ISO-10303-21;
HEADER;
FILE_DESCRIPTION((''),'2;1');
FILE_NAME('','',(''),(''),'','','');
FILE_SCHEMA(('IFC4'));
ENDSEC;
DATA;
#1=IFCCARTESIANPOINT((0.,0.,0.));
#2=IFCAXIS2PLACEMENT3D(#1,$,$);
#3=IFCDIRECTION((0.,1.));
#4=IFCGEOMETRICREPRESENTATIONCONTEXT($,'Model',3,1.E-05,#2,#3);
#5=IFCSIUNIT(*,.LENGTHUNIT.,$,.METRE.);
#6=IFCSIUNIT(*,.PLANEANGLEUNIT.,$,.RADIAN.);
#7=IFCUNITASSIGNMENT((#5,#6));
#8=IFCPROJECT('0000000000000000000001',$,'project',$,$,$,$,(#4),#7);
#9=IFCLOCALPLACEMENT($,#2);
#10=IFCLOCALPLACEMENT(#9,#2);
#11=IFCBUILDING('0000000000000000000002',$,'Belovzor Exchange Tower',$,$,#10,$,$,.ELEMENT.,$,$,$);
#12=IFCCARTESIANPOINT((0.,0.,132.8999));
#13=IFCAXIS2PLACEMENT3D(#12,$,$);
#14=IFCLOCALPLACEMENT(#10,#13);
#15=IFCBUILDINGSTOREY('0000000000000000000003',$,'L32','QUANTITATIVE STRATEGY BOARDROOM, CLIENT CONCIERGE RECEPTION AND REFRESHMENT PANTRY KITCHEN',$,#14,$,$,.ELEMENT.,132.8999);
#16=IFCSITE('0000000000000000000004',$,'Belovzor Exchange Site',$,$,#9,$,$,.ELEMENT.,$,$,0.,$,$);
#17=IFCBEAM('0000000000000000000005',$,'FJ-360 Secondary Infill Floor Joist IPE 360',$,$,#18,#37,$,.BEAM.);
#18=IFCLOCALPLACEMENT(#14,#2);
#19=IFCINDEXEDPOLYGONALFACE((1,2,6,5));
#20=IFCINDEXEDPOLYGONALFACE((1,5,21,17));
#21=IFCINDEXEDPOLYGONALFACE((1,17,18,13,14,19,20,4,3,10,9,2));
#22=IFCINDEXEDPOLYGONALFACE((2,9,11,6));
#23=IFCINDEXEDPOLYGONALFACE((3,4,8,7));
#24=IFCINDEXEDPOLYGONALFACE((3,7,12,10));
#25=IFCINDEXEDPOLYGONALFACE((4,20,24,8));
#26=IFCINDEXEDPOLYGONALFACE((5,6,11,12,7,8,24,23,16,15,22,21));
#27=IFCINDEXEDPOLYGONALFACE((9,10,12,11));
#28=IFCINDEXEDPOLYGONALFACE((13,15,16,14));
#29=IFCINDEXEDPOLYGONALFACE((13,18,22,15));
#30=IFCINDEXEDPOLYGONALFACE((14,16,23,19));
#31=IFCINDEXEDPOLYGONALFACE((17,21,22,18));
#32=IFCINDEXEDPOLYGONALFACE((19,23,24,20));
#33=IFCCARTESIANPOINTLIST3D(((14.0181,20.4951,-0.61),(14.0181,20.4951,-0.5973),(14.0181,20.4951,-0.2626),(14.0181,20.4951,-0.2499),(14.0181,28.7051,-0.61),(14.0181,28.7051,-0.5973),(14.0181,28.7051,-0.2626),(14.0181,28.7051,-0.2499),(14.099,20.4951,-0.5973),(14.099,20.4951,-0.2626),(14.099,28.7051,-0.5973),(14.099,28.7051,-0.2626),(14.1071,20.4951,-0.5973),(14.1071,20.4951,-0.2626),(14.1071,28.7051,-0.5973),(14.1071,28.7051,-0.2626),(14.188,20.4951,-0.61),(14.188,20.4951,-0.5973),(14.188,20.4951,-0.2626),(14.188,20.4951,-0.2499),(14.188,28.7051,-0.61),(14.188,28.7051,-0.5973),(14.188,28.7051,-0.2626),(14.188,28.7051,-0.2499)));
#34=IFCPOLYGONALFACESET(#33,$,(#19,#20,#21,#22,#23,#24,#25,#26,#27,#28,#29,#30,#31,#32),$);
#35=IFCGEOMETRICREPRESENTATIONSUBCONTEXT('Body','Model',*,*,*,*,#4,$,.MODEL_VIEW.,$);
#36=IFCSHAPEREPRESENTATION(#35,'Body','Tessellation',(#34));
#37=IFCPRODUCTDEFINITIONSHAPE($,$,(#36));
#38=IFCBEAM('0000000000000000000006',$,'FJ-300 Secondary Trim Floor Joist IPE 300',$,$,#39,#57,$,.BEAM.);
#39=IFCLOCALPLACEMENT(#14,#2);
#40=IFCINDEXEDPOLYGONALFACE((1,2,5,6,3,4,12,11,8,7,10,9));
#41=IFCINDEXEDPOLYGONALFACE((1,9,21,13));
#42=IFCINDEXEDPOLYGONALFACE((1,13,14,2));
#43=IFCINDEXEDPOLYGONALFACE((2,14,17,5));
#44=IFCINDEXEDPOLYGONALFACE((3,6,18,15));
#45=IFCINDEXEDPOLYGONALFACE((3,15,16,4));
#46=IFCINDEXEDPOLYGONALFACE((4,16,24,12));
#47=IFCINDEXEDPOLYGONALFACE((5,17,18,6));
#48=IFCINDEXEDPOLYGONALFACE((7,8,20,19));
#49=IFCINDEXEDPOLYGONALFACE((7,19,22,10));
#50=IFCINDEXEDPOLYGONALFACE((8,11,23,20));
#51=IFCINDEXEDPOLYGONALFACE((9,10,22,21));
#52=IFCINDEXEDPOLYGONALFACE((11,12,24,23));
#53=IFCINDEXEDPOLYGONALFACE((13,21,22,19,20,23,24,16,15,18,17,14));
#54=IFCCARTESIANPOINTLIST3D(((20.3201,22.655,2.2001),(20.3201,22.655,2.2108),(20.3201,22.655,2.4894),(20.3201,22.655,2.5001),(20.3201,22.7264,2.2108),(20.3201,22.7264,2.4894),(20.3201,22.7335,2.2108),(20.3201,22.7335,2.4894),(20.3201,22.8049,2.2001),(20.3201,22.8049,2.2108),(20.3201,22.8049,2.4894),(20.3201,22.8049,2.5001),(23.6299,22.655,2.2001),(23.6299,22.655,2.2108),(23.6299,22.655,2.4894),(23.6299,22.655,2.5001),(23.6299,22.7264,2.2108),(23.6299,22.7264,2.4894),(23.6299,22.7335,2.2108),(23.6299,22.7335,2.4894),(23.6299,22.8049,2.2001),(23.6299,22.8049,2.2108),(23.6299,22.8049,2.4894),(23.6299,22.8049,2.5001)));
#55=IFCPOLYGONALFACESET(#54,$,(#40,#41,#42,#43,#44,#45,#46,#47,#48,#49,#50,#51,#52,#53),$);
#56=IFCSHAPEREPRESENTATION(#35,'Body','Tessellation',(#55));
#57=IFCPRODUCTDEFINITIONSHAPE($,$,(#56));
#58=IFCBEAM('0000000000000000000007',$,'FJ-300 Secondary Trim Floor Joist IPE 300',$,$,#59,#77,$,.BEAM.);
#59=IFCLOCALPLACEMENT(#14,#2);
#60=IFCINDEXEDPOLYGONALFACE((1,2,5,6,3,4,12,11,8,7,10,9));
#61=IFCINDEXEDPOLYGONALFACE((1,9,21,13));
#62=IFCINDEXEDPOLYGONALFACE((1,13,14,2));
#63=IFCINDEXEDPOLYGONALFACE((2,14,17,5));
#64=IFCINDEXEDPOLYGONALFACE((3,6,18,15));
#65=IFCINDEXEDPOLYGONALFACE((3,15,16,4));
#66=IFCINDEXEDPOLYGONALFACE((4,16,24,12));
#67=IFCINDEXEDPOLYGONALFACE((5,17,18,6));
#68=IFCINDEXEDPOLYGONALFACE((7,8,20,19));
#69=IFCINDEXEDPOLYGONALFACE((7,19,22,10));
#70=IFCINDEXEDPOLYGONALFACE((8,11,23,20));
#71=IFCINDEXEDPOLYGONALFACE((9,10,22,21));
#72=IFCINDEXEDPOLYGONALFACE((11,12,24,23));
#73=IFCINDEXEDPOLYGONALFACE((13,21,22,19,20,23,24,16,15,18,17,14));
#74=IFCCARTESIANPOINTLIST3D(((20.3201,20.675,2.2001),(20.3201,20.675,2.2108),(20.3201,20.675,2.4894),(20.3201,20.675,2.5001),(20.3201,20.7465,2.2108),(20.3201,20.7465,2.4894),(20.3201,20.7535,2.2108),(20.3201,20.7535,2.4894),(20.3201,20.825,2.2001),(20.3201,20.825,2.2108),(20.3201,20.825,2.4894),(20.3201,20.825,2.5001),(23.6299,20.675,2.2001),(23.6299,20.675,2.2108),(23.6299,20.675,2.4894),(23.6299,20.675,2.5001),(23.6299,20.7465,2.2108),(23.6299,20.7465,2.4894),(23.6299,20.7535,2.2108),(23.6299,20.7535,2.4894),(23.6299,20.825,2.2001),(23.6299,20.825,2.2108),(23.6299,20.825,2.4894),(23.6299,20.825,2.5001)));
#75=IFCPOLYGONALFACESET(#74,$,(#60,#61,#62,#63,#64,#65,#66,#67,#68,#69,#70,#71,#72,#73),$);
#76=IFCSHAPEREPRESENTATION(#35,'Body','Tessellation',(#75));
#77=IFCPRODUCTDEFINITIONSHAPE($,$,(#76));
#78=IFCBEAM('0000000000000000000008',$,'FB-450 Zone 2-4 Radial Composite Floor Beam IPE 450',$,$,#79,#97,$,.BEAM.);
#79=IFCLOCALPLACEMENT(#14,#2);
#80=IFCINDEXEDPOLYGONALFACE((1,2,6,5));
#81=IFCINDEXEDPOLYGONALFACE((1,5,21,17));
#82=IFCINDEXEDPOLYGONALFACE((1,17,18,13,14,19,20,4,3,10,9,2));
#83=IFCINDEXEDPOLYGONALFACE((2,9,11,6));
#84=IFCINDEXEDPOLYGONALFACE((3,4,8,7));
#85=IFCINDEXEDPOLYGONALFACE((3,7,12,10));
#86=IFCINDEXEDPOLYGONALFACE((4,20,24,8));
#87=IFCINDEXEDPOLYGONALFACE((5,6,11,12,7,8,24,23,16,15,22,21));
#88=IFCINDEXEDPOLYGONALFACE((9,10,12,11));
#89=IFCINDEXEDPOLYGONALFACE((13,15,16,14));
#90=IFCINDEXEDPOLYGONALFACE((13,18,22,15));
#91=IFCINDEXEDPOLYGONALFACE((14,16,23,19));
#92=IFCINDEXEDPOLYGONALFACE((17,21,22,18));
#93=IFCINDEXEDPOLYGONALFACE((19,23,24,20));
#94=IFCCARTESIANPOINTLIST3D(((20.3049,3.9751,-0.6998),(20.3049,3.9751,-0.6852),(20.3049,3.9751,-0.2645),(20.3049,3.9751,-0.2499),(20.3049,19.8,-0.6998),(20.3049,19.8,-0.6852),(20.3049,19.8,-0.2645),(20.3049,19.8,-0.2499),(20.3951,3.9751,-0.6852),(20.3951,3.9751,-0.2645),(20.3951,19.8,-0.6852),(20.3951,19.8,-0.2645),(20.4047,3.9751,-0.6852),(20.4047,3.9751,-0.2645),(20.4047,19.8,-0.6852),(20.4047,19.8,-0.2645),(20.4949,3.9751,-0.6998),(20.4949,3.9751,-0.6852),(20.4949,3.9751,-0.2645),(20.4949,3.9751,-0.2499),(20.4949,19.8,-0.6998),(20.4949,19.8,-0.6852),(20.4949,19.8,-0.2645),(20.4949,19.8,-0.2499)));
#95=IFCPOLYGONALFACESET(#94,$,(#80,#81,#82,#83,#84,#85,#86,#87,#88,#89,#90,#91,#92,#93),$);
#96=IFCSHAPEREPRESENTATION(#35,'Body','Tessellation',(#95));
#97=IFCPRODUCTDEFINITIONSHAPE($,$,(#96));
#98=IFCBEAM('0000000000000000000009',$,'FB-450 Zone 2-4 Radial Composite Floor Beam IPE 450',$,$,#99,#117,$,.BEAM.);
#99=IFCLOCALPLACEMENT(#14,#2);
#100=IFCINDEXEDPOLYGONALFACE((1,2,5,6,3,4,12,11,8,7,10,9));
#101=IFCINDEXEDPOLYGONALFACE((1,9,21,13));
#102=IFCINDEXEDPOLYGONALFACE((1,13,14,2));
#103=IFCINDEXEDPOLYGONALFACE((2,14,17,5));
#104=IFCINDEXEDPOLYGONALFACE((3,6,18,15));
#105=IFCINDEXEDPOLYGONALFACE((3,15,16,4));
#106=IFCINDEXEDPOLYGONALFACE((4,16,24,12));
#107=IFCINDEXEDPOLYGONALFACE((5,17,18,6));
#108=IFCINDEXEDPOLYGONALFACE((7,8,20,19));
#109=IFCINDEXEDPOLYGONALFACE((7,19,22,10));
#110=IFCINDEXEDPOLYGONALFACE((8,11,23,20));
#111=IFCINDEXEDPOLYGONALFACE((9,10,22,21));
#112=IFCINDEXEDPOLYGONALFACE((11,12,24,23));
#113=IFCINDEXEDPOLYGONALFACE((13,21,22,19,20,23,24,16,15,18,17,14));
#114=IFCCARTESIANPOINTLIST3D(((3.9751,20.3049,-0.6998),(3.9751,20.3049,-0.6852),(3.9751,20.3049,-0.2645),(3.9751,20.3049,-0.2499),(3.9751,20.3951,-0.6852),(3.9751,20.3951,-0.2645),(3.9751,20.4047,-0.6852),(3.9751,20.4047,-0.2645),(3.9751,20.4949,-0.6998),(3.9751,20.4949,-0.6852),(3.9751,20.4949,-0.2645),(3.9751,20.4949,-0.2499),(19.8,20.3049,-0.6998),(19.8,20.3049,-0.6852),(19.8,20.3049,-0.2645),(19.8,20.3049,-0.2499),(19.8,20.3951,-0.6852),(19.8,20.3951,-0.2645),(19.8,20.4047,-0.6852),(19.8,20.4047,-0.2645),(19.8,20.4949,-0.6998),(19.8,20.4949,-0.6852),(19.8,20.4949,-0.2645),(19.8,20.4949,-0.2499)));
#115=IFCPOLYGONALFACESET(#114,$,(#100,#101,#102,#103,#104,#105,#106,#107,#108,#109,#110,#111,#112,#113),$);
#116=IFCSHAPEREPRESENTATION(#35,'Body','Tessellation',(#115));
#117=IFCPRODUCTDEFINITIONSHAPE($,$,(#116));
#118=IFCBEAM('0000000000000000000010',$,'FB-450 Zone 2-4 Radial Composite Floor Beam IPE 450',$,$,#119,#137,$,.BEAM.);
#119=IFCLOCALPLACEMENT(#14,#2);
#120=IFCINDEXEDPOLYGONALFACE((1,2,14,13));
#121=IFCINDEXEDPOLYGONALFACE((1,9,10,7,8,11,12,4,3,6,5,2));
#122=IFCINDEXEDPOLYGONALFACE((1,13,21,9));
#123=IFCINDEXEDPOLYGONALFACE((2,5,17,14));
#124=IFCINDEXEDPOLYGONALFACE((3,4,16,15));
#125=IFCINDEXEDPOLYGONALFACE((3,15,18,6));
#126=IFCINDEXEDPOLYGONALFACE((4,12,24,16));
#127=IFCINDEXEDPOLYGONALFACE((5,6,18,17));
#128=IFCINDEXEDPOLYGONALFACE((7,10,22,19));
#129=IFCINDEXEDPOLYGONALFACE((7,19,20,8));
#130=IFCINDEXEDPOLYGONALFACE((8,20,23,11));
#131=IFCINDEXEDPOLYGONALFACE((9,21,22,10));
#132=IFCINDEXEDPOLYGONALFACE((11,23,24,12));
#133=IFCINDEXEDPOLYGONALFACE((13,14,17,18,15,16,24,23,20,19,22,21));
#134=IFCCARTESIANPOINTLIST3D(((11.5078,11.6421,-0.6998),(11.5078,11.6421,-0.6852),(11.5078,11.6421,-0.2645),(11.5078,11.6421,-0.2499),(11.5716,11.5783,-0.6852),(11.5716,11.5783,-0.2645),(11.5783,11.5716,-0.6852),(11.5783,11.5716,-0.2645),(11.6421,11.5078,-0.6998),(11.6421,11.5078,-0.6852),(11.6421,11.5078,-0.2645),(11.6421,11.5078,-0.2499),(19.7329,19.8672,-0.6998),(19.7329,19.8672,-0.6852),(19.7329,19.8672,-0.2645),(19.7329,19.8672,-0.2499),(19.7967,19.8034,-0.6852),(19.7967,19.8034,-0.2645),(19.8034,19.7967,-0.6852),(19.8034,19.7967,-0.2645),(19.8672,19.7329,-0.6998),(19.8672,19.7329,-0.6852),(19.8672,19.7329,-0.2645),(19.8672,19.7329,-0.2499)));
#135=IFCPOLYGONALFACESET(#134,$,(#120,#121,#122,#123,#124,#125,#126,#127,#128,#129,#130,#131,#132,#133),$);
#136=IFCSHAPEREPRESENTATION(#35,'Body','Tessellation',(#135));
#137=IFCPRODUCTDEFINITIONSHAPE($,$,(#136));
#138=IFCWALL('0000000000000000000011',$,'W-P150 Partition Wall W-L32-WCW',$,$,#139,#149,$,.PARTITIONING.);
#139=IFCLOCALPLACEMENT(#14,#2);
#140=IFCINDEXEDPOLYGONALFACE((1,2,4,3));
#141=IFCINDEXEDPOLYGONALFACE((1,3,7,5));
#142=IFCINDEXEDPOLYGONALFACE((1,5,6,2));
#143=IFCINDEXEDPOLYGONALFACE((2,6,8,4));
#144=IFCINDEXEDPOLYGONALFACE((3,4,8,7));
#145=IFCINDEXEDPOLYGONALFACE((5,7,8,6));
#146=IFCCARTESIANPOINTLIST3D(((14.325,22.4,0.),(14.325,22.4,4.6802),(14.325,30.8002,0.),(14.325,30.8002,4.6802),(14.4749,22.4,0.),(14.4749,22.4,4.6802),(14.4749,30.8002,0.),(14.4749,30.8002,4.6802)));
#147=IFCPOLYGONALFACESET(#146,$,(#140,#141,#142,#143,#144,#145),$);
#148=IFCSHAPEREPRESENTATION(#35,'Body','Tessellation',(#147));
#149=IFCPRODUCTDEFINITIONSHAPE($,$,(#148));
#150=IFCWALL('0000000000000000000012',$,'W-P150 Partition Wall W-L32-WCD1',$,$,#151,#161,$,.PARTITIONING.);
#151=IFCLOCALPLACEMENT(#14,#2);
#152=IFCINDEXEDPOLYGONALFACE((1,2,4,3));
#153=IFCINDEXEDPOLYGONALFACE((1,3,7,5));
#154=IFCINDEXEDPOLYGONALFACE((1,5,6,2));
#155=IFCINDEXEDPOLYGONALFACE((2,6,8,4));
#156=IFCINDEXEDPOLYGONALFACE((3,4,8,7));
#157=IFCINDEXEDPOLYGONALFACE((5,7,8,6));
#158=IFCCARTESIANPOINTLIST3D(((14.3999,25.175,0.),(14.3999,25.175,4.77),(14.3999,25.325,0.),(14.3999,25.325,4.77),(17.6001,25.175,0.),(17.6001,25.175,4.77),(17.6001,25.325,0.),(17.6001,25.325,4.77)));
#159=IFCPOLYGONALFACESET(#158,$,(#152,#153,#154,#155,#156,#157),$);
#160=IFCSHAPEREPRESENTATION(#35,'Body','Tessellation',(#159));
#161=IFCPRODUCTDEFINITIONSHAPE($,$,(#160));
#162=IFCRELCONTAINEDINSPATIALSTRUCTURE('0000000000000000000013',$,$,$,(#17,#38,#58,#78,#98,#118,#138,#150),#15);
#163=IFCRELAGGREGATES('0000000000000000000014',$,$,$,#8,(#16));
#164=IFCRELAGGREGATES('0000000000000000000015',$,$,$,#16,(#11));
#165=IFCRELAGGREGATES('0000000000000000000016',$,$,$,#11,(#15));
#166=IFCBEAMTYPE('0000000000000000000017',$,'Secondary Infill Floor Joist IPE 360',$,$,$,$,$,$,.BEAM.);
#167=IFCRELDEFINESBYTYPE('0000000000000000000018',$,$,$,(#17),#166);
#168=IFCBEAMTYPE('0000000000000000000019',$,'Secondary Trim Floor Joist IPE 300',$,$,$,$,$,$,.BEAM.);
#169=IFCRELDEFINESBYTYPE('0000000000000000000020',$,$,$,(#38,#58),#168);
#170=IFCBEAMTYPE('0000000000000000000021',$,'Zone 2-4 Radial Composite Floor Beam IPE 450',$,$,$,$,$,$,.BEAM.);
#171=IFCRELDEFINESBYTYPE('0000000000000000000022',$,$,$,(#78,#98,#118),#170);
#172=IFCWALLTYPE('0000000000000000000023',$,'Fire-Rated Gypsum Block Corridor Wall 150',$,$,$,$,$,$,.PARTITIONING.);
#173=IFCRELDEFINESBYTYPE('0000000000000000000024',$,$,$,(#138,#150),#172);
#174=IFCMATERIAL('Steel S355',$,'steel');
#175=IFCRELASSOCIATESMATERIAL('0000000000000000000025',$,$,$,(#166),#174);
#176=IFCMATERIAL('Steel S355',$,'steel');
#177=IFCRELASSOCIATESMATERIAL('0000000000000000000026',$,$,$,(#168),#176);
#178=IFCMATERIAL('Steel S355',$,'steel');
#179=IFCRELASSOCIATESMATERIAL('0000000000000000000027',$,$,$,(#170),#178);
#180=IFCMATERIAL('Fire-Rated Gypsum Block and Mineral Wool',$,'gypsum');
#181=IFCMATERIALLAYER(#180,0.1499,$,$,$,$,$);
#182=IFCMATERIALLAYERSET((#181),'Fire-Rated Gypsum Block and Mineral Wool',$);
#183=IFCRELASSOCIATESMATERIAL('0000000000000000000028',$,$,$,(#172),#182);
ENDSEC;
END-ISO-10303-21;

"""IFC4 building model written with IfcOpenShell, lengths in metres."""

from ifc_helpers import new_model, si_unit, direction, frame, frame_2d, origin, origin_2d, place, context, subcontext, project, spatial, rectangle, i_section, extrude, material, layer, layer_set, material_profile, profile_set, type_object, element, save


model = new_model("IFC4")

# Units and contexts
model_context = context("Model", 3, precision=1e-05, world=origin(), true_north=direction((0.0, 1.0)))
body_context = subcontext(model_context, "Body", "Model", "MODEL_VIEW")
ifc_project = project(units=[si_unit("LENGTHUNIT", "METRE"), si_unit("PLANEANGLEUNIT", "RADIAN")], contexts=[model_context])

# Site, building, storey
site_placement = place(None, origin())
site = spatial("IfcSite", under=ifc_project, at=site_placement, Name="Belovzor Exchange Site", CompositionType="ELEMENT", RefElevation=0.0)
building_placement = place(site_placement, origin())
building = spatial("IfcBuilding", under=site, at=building_placement, Name="Belovzor Exchange Tower", CompositionType="ELEMENT")
storey_placement = place(building_placement, frame((0.0, 0.0, 132.8999)))
storey = spatial("IfcBuildingStorey", under=building, at=storey_placement, Name="L32", Description="QUANTITATIVE STRATEGY BOARDROOM, CLIENT CONCIERGE RECEPTION AND REFRESHMENT PANTRY KITCHEN", CompositionType="ELEMENT", Elevation=132.8999)

# Beams
ifc_material_1 = material(Name="Steel S355", Category="steel")
ifc_material_profile_1 = material_profile(ifc_material_1, i_section(OverallWidth=0.1699, OverallDepth=0.3601, WebThickness=0.0081, FlangeThickness=0.0127, at=origin_2d()))
ifc_profile_set_1 = profile_set([ifc_material_profile_1], Name="Steel S355")
beam_type_1 = type_object("IfcBeamType", Name="Secondary Infill Floor Joist IPE 360", PredefinedType="BEAM", material=ifc_profile_set_1)
beam_1_placement = place(storey_placement, frame((14.103, 20.4951, -0.4299), z_axis=(0.0, 1.0, 0.0), x_axis=(-1.0, 0.0, 0.0)))
element("IfcBeam", 1, at=beam_1_placement, inside=storey, type_object=beam_type_1, Name="FJ-360 Secondary Infill Floor Joist IPE 360", PredefinedType="BEAM", context=body_context, shape_type="SweptSolid", body=[
    extrude(i_section(OverallWidth=0.1699, OverallDepth=0.3601, WebThickness=0.0081, FlangeThickness=0.0127, at=origin_2d()), origin(), (0.0, 0.0, 1.0), 8.21),
])
ifc_material_2 = material(Name="Steel S355", Category="steel")
ifc_material_profile_2 = material_profile(ifc_material_2, i_section(OverallWidth=0.1499, OverallDepth=0.3, WebThickness=0.0071, FlangeThickness=0.0107, at=origin_2d()))
ifc_profile_set_2 = profile_set([ifc_material_profile_2], Name="Steel S355")
beam_type_2 = type_object("IfcBeamType", Name="Secondary Trim Floor Joist IPE 300", PredefinedType="BEAM", material=ifc_profile_set_2)
for number, where, z_axis, x_axis, name in (
    (2, (20.3201, 22.73, 2.3501), (1.0, 0.0, 0.0), (0.0, 1.0, 0.0), "FJ-300 Secondary Trim Floor Joist IPE 300"),
    (3, (20.3201, 20.75, 2.3501), (1.0, 0.0, 0.0), (0.0, 1.0, 0.0), "FJ-300 Secondary Trim Floor Joist IPE 300"),
):
    element("IfcBeam", number, at=place(storey_placement, frame(where, z_axis=z_axis, x_axis=x_axis)), inside=storey, type_object=beam_type_2, Name=name, PredefinedType="BEAM", context=body_context, shape_type="SweptSolid", body=[
        extrude(i_section(OverallWidth=0.1499, OverallDepth=0.3, WebThickness=0.0071, FlangeThickness=0.0107, at=origin_2d()), origin(), (0.0, 0.0, 1.0), 3.3098),
    ])
ifc_material_3 = material(Name="Steel S355", Category="steel")
ifc_material_profile_3 = material_profile(ifc_material_3, i_section(OverallWidth=0.1899, OverallDepth=0.45, WebThickness=0.0095, FlangeThickness=0.0146, at=origin_2d()))
ifc_profile_set_3 = profile_set([ifc_material_profile_3], Name="Steel S355")
beam_type_3 = type_object("IfcBeamType", Name="Zone 2-4 Radial Composite Floor Beam IPE 450", PredefinedType="BEAM", material=ifc_profile_set_3)
for number, where, z_axis, x_axis, name in (
    (4, (20.3999, 19.8, -0.4749), (0.0, -1.0, 0.0), (1.0, 0.0, 0.0), "FB-450 Zone 2-4 Radial Composite Floor Beam IPE 450"),
    (5, (19.8, 20.3999, -0.4749), (-1.0, 0.0, 0.0), (0.0, -1.0, 0.0), "FB-450 Zone 2-4 Radial Composite Floor Beam IPE 450"),
):
    element("IfcBeam", number, at=place(storey_placement, frame(where, z_axis=z_axis, x_axis=x_axis)), inside=storey, type_object=beam_type_3, Name=name, PredefinedType="BEAM", context=body_context, shape_type="SweptSolid", body=[
        extrude(i_section(OverallWidth=0.1899, OverallDepth=0.45, WebThickness=0.0095, FlangeThickness=0.0146, at=origin_2d()), origin(), (0.0, 0.0, 1.0), 15.825),
    ])
beam_2_placement = place(storey_placement, frame((19.8, 19.8, -0.4749), z_axis=(-0.707107, -0.707107, 0.0), x_axis=(0.707107, -0.707107, 0.0)))
element("IfcBeam", 6, at=beam_2_placement, inside=storey, type_object=beam_type_3, Name="FB-450 Zone 2-4 Radial Composite Floor Beam IPE 450", PredefinedType="BEAM", context=body_context, shape_type="SweptSolid", body=[
    extrude(i_section(OverallWidth=0.1899, OverallDepth=0.45, WebThickness=0.0095, FlangeThickness=0.0146, at=origin_2d()), origin(), (0.0, 0.0, 1.0), 11.6321),
])

# Walls
ifc_material_4 = material(Name="Fire-Rated Gypsum Block and Mineral Wool", Category="gypsum")
ifc_layer_1 = layer(ifc_material_4, 0.1499)
ifc_layer_set_1 = layer_set([ifc_layer_1], Name="Fire-Rated Gypsum Block and Mineral Wool")
wall_type_1 = type_object("IfcWallType", Name="Fire-Rated Gypsum Block Corridor Wall 150", PredefinedType="PARTITIONING", material=ifc_layer_set_1)
wall_1_placement = place(storey_placement, frame((14.3999, 22.3999, 0.0), z_axis=(0.0, 0.0, 1.0), x_axis=(0.0, 1.0, 0.0)))
element("IfcWall", 7, at=wall_1_placement, inside=storey, type_object=wall_type_1, Name="W-P150 Partition Wall W-L32-WCW", PredefinedType="PARTITIONING", context=body_context, shape_type="SweptSolid", body=[
    extrude(rectangle(XDim=8.4001, YDim=0.1499, at=frame_2d((4.2002, 0.0))), origin(), (0.0, 0.0, 1.0), 4.6802),
])
wall_2_placement = place(storey_placement, frame((14.3999, 25.25, 0.0), z_axis=(0.0, 0.0, 1.0), x_axis=(1.0, 0.0, 0.0)))
element("IfcWall", 8, at=wall_2_placement, inside=storey, type_object=wall_type_1, Name="W-P150 Partition Wall W-L32-WCD1", PredefinedType="PARTITIONING", context=body_context, shape_type="SweptSolid", body=[
    extrude(rectangle(XDim=3.2002, YDim=0.1499, at=frame_2d((1.6001, 0.0))), origin(), (0.0, 0.0, 1.0), 4.77),
])

save(model, "model.ifc")
